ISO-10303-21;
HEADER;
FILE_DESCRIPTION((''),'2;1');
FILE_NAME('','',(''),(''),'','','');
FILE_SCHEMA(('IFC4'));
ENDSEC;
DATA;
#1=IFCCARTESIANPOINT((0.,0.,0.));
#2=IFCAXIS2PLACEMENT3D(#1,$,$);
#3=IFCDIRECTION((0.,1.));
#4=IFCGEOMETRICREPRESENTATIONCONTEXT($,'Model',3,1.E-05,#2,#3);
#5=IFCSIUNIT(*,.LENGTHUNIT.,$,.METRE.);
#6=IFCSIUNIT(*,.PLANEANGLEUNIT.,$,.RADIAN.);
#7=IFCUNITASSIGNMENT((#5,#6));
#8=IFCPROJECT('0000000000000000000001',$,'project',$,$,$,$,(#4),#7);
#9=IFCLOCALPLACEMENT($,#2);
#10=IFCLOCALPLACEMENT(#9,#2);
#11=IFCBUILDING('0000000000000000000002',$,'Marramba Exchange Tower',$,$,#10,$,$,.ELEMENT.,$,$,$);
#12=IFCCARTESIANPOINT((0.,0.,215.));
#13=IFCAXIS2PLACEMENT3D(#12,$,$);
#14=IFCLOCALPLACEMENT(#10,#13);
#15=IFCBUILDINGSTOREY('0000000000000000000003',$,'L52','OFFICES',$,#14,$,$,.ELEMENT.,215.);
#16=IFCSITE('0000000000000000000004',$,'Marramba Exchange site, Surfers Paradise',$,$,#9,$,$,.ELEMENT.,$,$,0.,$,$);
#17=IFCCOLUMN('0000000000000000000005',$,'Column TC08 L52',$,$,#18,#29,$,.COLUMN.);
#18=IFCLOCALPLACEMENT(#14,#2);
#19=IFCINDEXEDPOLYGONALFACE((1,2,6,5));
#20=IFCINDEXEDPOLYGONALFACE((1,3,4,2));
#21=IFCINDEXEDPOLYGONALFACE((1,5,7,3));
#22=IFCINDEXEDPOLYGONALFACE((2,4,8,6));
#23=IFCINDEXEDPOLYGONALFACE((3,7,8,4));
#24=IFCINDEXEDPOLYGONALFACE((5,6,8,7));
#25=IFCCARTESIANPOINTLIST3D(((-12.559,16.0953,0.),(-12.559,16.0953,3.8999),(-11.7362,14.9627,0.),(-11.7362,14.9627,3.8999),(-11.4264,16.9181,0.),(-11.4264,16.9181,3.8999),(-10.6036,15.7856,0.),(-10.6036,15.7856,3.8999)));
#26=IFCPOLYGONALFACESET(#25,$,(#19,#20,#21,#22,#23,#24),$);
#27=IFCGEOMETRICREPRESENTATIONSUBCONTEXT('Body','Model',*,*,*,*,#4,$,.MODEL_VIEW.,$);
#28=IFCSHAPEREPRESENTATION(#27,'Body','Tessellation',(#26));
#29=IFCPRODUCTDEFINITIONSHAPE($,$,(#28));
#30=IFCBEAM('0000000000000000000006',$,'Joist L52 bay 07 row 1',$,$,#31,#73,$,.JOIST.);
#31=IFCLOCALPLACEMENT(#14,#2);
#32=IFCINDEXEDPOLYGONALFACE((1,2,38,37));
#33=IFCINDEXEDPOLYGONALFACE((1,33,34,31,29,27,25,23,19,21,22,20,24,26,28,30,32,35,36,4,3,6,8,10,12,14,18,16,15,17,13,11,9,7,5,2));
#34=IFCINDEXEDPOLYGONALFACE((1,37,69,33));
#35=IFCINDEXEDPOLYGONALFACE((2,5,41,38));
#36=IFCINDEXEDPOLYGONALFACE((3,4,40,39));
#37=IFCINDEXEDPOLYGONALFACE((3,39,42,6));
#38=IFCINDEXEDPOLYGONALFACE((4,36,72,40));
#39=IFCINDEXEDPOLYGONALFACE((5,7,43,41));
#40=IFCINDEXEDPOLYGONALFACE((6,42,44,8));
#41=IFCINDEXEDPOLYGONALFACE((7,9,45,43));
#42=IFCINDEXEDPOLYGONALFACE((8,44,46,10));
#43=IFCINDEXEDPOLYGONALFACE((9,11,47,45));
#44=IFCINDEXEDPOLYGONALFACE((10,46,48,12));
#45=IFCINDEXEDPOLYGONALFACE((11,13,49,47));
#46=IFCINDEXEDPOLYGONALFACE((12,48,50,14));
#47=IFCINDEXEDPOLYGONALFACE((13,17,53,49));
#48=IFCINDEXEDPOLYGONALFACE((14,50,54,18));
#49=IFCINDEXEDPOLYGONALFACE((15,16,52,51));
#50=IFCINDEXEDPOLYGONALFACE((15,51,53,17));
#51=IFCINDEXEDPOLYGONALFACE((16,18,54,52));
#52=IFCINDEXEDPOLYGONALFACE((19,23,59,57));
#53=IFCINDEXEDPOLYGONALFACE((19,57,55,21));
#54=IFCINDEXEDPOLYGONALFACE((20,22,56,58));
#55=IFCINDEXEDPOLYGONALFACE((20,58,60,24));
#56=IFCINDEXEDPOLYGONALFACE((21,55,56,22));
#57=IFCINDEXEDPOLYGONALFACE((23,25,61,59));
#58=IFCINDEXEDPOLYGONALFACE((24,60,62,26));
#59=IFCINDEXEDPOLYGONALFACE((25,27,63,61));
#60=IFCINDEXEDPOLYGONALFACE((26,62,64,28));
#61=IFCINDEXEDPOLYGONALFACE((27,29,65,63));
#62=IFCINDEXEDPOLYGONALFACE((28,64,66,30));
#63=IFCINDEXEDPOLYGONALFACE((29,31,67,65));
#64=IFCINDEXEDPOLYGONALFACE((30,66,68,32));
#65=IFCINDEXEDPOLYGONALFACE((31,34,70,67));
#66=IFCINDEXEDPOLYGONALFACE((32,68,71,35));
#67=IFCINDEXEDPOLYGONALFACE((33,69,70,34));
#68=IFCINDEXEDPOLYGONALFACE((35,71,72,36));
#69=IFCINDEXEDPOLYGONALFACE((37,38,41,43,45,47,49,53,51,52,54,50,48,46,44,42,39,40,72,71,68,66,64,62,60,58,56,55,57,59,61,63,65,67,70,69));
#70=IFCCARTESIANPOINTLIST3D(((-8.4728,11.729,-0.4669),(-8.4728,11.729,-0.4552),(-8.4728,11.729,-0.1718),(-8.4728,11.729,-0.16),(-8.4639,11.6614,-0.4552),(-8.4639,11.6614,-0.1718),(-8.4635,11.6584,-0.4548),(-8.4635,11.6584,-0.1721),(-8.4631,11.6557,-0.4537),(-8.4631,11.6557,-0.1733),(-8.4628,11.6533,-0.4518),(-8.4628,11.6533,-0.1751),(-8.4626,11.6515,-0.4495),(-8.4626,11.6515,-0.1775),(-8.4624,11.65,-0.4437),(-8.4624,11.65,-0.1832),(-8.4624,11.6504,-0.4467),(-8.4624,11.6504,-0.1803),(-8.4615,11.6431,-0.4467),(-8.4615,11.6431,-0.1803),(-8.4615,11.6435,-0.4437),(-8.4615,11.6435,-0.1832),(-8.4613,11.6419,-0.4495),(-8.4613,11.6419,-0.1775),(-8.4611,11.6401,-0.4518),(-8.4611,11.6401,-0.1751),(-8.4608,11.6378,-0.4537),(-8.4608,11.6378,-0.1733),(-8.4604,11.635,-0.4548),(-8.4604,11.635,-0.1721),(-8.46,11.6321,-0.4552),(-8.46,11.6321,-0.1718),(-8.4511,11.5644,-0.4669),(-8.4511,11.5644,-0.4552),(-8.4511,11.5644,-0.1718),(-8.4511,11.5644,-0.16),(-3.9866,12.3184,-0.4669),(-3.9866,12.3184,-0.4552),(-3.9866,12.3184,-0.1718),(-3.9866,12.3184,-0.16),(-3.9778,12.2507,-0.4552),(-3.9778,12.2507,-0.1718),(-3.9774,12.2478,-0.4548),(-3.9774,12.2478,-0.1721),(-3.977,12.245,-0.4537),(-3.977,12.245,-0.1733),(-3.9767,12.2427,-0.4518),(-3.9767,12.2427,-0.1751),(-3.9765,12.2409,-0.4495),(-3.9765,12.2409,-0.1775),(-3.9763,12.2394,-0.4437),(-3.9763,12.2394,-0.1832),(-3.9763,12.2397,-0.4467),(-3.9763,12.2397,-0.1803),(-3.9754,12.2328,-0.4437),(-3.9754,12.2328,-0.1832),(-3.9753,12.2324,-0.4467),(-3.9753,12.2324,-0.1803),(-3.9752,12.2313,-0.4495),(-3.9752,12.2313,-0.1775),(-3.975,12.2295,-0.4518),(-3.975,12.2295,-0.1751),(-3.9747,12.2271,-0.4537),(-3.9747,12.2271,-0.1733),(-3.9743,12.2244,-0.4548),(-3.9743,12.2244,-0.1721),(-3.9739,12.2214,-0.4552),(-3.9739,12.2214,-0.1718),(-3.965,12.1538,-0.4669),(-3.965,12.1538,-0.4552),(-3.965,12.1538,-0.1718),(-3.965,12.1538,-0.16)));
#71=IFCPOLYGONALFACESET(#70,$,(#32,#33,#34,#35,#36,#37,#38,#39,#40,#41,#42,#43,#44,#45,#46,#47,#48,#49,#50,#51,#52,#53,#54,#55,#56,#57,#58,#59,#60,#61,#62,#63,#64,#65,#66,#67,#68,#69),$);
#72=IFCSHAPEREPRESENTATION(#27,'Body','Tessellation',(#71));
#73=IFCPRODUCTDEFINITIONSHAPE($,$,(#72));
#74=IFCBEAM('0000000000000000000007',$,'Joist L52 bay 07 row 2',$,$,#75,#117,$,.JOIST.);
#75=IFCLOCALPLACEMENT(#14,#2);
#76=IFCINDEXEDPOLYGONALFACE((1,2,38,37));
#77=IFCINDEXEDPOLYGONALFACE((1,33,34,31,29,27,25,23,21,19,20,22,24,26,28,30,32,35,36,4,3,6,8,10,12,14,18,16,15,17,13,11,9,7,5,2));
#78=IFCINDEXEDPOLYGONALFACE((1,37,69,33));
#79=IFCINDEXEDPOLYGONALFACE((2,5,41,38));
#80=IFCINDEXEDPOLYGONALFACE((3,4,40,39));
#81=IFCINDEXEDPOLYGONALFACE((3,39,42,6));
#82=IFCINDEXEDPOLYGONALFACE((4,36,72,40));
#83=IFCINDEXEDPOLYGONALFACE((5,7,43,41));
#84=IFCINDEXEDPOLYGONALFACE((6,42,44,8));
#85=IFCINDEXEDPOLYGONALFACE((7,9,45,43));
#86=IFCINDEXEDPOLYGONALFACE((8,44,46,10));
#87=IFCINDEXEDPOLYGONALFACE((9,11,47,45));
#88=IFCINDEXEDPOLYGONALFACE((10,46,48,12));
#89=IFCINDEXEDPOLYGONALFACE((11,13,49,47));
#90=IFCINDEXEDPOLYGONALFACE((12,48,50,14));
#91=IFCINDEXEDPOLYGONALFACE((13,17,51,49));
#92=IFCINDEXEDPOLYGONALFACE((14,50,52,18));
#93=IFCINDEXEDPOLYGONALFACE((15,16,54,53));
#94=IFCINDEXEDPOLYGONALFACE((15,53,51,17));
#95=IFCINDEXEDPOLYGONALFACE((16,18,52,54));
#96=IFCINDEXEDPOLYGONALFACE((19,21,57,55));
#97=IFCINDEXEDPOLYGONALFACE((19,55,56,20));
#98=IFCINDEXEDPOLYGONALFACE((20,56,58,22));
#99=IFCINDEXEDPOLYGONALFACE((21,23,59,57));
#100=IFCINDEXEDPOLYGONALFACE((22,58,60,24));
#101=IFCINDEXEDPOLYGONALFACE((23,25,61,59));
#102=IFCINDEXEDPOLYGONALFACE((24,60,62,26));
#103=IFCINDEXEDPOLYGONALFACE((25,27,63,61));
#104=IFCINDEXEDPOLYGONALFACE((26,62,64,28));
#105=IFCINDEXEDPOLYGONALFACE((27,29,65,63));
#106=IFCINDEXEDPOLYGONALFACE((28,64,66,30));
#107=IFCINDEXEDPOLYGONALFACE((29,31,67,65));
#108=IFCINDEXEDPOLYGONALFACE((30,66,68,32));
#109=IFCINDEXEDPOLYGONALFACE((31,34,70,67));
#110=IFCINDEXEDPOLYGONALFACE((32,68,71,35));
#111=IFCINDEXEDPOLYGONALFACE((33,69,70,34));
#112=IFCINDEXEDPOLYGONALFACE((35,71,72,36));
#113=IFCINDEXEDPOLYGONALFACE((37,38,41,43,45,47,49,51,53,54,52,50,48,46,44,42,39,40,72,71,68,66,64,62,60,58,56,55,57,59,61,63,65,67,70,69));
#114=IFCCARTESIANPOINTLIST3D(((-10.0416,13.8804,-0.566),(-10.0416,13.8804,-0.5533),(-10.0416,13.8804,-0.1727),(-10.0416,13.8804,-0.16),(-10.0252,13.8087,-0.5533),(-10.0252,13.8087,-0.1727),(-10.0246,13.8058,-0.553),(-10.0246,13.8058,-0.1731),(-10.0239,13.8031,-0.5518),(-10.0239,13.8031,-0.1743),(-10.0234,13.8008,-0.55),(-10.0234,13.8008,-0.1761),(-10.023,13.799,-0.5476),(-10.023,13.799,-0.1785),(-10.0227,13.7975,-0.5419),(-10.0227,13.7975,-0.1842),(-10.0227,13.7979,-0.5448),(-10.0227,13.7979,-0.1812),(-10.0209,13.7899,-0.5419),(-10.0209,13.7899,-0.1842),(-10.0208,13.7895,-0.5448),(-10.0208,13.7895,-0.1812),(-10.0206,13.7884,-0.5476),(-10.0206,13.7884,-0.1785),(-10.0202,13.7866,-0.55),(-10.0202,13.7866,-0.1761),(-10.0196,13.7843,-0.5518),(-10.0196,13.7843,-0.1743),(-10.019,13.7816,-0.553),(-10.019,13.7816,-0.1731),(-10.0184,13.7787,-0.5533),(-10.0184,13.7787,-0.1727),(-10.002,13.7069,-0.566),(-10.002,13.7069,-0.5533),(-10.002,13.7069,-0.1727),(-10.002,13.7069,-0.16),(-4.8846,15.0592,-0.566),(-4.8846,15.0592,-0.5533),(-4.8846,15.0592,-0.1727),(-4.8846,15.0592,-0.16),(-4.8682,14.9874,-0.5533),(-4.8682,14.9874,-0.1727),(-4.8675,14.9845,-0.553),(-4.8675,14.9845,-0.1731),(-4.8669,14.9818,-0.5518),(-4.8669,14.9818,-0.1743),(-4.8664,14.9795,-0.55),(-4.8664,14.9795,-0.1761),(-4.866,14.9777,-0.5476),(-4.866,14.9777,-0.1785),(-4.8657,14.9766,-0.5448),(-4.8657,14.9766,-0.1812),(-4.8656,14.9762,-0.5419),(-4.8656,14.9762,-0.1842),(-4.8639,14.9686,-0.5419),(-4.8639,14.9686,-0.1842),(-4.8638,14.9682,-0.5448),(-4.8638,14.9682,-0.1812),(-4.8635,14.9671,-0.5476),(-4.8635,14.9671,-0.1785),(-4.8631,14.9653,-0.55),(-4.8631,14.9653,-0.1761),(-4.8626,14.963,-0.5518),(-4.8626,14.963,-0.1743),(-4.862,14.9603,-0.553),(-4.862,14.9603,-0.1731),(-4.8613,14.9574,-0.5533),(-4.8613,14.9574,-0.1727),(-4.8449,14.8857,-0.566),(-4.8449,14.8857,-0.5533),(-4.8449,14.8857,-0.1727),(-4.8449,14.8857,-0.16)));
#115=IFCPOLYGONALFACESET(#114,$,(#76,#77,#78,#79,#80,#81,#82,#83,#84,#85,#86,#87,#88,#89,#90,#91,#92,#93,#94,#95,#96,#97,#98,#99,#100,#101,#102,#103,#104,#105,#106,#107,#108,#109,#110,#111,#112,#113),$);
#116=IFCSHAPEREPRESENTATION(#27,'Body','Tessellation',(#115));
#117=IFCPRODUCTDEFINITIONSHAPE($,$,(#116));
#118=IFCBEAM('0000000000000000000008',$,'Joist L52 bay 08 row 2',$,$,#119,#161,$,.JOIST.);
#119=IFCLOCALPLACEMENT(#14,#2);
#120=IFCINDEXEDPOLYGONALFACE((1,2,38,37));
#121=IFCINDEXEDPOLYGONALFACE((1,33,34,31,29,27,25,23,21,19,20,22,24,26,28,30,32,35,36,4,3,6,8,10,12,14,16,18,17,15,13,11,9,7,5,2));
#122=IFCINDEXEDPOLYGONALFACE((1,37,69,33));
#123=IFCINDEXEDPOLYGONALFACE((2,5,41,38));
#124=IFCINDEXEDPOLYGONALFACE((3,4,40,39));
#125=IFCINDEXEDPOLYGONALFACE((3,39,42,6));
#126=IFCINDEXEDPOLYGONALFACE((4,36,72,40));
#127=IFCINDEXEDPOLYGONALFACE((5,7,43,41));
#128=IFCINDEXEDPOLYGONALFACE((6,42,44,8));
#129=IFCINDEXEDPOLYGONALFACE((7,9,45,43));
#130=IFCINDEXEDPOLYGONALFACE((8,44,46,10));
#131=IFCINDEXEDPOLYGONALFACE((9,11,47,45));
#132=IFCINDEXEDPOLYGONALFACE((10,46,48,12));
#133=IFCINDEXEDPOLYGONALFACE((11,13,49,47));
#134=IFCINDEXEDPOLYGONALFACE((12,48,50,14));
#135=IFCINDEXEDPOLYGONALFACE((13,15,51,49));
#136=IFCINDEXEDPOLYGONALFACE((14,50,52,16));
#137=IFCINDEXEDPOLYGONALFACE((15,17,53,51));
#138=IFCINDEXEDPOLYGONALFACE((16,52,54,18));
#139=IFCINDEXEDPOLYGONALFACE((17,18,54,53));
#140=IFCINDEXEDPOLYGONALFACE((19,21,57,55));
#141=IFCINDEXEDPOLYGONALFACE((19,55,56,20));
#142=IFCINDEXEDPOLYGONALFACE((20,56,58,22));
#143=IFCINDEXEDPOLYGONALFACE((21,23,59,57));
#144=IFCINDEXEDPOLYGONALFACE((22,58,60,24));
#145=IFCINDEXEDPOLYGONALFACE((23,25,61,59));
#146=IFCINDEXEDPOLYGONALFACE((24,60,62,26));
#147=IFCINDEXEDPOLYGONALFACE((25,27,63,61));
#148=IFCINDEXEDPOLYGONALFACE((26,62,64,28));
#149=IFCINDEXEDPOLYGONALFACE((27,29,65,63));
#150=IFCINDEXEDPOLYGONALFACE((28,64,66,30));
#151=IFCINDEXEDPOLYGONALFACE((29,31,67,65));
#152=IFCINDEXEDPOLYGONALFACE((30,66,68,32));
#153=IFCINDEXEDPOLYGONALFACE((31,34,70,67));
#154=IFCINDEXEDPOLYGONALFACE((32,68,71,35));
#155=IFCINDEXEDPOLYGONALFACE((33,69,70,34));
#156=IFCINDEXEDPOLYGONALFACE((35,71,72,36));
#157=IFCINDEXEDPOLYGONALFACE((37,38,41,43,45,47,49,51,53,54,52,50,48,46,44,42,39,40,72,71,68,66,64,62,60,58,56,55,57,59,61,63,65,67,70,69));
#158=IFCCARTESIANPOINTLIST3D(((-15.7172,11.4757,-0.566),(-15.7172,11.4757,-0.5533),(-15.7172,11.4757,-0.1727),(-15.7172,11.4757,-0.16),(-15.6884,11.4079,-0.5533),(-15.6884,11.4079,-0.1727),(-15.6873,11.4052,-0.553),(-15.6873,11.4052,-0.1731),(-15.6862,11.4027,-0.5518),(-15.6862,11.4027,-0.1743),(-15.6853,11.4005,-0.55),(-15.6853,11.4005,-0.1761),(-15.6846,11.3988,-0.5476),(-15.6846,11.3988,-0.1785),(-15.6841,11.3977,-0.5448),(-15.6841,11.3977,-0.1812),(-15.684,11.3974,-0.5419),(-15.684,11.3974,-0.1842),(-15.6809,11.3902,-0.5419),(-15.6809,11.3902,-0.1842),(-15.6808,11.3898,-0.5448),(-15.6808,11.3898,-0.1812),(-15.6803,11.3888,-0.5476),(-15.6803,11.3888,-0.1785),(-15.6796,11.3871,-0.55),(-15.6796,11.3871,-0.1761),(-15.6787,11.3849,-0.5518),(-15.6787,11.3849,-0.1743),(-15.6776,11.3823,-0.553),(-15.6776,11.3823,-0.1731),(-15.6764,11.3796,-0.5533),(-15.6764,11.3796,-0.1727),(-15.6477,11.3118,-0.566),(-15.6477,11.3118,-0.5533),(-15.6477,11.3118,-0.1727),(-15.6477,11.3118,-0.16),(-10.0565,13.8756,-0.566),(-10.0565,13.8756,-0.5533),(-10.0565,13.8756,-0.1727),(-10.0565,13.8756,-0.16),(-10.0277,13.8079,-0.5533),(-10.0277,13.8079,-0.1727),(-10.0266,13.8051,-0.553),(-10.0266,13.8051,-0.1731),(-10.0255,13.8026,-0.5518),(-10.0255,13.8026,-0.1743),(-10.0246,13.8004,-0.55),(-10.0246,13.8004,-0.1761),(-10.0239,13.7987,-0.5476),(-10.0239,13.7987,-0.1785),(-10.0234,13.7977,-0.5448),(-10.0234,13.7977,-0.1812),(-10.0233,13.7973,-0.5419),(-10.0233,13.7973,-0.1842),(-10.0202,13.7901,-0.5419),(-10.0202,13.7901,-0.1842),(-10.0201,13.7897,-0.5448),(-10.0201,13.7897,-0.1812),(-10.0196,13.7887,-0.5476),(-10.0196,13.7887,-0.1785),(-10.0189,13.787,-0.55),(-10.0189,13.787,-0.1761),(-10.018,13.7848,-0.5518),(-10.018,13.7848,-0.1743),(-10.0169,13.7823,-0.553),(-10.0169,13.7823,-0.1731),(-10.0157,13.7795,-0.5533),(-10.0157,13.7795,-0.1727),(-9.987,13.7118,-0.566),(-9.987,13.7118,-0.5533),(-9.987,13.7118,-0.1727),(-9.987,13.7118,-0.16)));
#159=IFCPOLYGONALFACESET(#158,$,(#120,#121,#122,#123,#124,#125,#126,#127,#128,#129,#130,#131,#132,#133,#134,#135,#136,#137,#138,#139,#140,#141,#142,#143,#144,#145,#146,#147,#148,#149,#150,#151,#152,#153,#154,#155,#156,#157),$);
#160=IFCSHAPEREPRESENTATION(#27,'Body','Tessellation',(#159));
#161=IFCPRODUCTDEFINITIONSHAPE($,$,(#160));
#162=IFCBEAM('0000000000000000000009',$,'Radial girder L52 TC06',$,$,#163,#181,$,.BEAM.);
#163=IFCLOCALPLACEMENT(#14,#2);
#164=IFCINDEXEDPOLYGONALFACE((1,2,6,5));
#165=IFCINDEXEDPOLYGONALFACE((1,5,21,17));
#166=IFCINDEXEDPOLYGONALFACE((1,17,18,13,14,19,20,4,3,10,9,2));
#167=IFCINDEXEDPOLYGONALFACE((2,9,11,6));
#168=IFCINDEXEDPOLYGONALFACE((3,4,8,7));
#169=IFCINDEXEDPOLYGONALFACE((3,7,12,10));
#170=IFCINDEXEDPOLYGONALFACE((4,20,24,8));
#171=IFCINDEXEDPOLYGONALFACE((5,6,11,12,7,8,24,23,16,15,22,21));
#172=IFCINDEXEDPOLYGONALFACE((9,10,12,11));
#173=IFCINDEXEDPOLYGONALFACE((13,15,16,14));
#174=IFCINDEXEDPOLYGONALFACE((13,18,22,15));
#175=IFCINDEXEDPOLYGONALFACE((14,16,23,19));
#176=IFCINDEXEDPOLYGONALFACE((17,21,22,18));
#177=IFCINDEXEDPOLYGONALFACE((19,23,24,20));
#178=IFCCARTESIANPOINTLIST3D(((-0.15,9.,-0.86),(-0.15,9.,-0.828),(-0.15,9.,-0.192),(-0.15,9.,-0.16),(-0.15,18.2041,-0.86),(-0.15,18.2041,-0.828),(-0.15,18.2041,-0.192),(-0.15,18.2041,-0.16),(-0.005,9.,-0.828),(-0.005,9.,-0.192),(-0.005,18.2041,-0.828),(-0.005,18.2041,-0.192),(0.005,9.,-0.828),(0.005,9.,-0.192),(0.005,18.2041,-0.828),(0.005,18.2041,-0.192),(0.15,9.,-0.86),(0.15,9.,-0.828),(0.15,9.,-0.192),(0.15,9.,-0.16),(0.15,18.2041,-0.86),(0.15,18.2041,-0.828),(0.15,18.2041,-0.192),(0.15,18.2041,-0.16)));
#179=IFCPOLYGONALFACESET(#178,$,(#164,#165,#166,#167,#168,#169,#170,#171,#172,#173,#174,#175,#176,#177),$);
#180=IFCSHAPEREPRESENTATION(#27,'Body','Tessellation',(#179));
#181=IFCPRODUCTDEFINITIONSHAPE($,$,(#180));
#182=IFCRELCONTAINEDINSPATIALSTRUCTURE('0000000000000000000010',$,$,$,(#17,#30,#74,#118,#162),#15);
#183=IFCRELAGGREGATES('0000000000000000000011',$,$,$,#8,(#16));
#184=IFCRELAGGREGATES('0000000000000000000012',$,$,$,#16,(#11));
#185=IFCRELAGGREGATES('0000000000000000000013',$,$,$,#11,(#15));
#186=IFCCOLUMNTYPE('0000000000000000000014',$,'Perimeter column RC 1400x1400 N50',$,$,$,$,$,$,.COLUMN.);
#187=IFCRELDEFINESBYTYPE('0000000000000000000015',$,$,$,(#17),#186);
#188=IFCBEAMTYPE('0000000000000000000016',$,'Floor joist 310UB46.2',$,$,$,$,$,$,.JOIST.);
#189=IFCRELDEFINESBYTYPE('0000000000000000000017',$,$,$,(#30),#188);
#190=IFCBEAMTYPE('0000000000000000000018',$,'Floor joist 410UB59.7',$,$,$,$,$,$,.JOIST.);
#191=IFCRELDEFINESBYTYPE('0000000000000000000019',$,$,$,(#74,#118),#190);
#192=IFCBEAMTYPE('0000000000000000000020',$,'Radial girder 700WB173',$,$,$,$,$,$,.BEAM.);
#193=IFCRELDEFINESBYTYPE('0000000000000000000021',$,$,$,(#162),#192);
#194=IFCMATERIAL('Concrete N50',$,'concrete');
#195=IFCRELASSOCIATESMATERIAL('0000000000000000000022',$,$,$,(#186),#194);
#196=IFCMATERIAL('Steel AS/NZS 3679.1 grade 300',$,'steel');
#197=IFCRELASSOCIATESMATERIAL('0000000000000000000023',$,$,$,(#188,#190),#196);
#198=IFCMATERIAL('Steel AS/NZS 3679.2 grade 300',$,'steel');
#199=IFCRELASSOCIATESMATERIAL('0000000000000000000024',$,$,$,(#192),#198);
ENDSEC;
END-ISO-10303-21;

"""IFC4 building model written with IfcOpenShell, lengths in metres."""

from ifc_helpers import new_model, si_unit, direction, frame, origin, origin_2d, place, context, subcontext, project, spatial, rectangle, i_section, extrude, material, material_profile, profile_set, type_object, element, save


model = new_model("IFC4")

# Units and contexts
model_context = context("Model", 3, precision=1e-05, world=origin(), true_north=direction((0.0, 1.0)))
body_context = subcontext(model_context, "Body", "Model", "MODEL_VIEW")
ifc_project = project(units=[si_unit("LENGTHUNIT", "METRE"), si_unit("PLANEANGLEUNIT", "RADIAN")], contexts=[model_context])

# Site, building, storey
site_placement = place(None, origin())
site = spatial("IfcSite", under=ifc_project, at=site_placement, Name="Marramba Exchange site, Surfers Paradise", CompositionType="ELEMENT", RefElevation=0.0)
building_placement = place(site_placement, origin())
building = spatial("IfcBuilding", under=site, at=building_placement, Name="Marramba Exchange Tower", CompositionType="ELEMENT")
storey_placement = place(building_placement, frame((0.0, 0.0, 215.0)))
storey = spatial("IfcBuildingStorey", under=building, at=storey_placement, Name="L52", Description="OFFICES", CompositionType="ELEMENT", Elevation=215.0)

# Column
ifc_material_1 = material(Name="Concrete N50", Category="concrete")
ifc_material_profile_1 = material_profile(ifc_material_1, rectangle(XDim=1.3999, YDim=1.3999, at=origin_2d()), Name="RC 1400x1400")
ifc_profile_set_1 = profile_set([ifc_material_profile_1], Name="Concrete N50")
column_type = type_object("IfcColumnType", Name="Perimeter column RC 1400x1400 N50", PredefinedType="COLUMN", material=ifc_profile_set_1)
column_placement = place(storey_placement, frame((-11.5813, 15.9404, 0.0), z_axis=(0.0, 0.0, 1.0), x_axis=(-0.587785, 0.809017, 0.0)))
element("IfcColumn", 1, at=column_placement, inside=storey, type_object=column_type, Name="Column TC08 L52", PredefinedType="COLUMN", context=body_context, shape_type="SweptSolid", body=[
    extrude(rectangle(XDim=1.3999, YDim=1.3999, at=origin_2d()), origin(), (0.0, 0.0, 1.0), 3.8999),
])

# Beams
ifc_material_2 = material(Name="Steel AS/NZS 3679.1 grade 300", Category="steel")
ifc_material_profile_2 = material_profile(ifc_material_2, i_section(OverallWidth=0.166, OverallDepth=0.3069, WebThickness=0.0066, FlangeThickness=0.0117, FilletRadius=0.0115, at=origin_2d()), Name="310UB46.2")
ifc_profile_set_2 = profile_set([ifc_material_profile_2], Name="Steel AS/NZS 3679.1 grade 300")
beam_type_1 = type_object("IfcBeamType", Name="Floor joist 310UB46.2", PredefinedType="JOIST", material=ifc_profile_set_2)
beam_1_placement = place(storey_placement, frame((-3.9758, 12.2361, -0.3135), z_axis=(-0.991481, -0.130255, 0.0), x_axis=(0.130255, -0.991481, 0.0)))
element("IfcBeam", 2, at=beam_1_placement, inside=storey, type_object=beam_type_1, Name="Joist L52 bay 07 row 1", PredefinedType="JOIST", context=body_context, shape_type="SweptSolid", body=[
    extrude(i_section(OverallWidth=0.166, OverallDepth=0.3069, WebThickness=0.0066, FlangeThickness=0.0117, FilletRadius=0.0115, at=origin_2d()), origin(), (0.0, 0.0, 1.0), 4.5247),
])
ifc_material_profile_3 = material_profile(ifc_material_2, i_section(OverallWidth=0.178, OverallDepth=0.406, WebThickness=0.0078, FlangeThickness=0.0127, FilletRadius=0.0115, at=origin_2d()), Name="410UB59.7")
ifc_profile_set_3 = profile_set([ifc_material_profile_3], Name="Steel AS/NZS 3679.1 grade 300")
beam_type_2 = type_object("IfcBeamType", Name="Floor joist 410UB59.7", PredefinedType="JOIST", material=ifc_profile_set_3)
beam_2_placement = place(storey_placement, frame((-4.8647, 14.9724, -0.363), z_axis=(-0.97486, -0.22282, 0.0), x_axis=(0.22282, -0.97486, 0.0)))
element("IfcBeam", 3, at=beam_2_placement, inside=storey, type_object=beam_type_2, Name="Joist L52 bay 07 row 2", PredefinedType="JOIST", context=body_context, shape_type="SweptSolid", body=[
    extrude(i_section(OverallWidth=0.178, OverallDepth=0.406, WebThickness=0.0078, FlangeThickness=0.0127, FilletRadius=0.0115, at=origin_2d()), origin(), (0.0, 0.0, 1.0), 5.29),
])
beam_3_placement = place(storey_placement, frame((-10.0217, 13.7937, -0.363), z_axis=(-0.920674, -0.390332, 0.0), x_axis=(0.390332, -0.920674, 0.0)))
element("IfcBeam", 4, at=beam_3_placement, inside=storey, type_object=beam_type_2, Name="Joist L52 bay 08 row 2", PredefinedType="JOIST", context=body_context, shape_type="SweptSolid", body=[
    extrude(i_section(OverallWidth=0.178, OverallDepth=0.406, WebThickness=0.0078, FlangeThickness=0.0127, FilletRadius=0.0115, at=origin_2d()), origin(), (0.0, 0.0, 1.0), 6.1484),
])
ifc_material_3 = material(Name="Steel AS/NZS 3679.2 grade 300", Category="steel")
ifc_material_profile_4 = material_profile(ifc_material_3, i_section(OverallWidth=0.3, OverallDepth=0.7, WebThickness=0.01, FlangeThickness=0.032, at=origin_2d()), Name="700WB173")
ifc_profile_set_4 = profile_set([ifc_material_profile_4], Name="Steel AS/NZS 3679.2 grade 300")
beam_type_3 = type_object("IfcBeamType", Name="Radial girder 700WB173", PredefinedType="BEAM", material=ifc_profile_set_4)
beam_4_placement = place(storey_placement, frame((0.0, 9.0, -0.51), z_axis=(0.0, 1.0, 0.0), x_axis=(-1.0, 0.0, 0.0)))
element("IfcBeam", 5, at=beam_4_placement, inside=storey, type_object=beam_type_3, Name="Radial girder L52 TC06", PredefinedType="BEAM", context=body_context, shape_type="SweptSolid", body=[
    extrude(i_section(OverallWidth=0.3, OverallDepth=0.7, WebThickness=0.01, FlangeThickness=0.032, at=origin_2d()), origin(), (0.0, 0.0, 1.0), 9.2041),
])

save(model, "model.ifc")
